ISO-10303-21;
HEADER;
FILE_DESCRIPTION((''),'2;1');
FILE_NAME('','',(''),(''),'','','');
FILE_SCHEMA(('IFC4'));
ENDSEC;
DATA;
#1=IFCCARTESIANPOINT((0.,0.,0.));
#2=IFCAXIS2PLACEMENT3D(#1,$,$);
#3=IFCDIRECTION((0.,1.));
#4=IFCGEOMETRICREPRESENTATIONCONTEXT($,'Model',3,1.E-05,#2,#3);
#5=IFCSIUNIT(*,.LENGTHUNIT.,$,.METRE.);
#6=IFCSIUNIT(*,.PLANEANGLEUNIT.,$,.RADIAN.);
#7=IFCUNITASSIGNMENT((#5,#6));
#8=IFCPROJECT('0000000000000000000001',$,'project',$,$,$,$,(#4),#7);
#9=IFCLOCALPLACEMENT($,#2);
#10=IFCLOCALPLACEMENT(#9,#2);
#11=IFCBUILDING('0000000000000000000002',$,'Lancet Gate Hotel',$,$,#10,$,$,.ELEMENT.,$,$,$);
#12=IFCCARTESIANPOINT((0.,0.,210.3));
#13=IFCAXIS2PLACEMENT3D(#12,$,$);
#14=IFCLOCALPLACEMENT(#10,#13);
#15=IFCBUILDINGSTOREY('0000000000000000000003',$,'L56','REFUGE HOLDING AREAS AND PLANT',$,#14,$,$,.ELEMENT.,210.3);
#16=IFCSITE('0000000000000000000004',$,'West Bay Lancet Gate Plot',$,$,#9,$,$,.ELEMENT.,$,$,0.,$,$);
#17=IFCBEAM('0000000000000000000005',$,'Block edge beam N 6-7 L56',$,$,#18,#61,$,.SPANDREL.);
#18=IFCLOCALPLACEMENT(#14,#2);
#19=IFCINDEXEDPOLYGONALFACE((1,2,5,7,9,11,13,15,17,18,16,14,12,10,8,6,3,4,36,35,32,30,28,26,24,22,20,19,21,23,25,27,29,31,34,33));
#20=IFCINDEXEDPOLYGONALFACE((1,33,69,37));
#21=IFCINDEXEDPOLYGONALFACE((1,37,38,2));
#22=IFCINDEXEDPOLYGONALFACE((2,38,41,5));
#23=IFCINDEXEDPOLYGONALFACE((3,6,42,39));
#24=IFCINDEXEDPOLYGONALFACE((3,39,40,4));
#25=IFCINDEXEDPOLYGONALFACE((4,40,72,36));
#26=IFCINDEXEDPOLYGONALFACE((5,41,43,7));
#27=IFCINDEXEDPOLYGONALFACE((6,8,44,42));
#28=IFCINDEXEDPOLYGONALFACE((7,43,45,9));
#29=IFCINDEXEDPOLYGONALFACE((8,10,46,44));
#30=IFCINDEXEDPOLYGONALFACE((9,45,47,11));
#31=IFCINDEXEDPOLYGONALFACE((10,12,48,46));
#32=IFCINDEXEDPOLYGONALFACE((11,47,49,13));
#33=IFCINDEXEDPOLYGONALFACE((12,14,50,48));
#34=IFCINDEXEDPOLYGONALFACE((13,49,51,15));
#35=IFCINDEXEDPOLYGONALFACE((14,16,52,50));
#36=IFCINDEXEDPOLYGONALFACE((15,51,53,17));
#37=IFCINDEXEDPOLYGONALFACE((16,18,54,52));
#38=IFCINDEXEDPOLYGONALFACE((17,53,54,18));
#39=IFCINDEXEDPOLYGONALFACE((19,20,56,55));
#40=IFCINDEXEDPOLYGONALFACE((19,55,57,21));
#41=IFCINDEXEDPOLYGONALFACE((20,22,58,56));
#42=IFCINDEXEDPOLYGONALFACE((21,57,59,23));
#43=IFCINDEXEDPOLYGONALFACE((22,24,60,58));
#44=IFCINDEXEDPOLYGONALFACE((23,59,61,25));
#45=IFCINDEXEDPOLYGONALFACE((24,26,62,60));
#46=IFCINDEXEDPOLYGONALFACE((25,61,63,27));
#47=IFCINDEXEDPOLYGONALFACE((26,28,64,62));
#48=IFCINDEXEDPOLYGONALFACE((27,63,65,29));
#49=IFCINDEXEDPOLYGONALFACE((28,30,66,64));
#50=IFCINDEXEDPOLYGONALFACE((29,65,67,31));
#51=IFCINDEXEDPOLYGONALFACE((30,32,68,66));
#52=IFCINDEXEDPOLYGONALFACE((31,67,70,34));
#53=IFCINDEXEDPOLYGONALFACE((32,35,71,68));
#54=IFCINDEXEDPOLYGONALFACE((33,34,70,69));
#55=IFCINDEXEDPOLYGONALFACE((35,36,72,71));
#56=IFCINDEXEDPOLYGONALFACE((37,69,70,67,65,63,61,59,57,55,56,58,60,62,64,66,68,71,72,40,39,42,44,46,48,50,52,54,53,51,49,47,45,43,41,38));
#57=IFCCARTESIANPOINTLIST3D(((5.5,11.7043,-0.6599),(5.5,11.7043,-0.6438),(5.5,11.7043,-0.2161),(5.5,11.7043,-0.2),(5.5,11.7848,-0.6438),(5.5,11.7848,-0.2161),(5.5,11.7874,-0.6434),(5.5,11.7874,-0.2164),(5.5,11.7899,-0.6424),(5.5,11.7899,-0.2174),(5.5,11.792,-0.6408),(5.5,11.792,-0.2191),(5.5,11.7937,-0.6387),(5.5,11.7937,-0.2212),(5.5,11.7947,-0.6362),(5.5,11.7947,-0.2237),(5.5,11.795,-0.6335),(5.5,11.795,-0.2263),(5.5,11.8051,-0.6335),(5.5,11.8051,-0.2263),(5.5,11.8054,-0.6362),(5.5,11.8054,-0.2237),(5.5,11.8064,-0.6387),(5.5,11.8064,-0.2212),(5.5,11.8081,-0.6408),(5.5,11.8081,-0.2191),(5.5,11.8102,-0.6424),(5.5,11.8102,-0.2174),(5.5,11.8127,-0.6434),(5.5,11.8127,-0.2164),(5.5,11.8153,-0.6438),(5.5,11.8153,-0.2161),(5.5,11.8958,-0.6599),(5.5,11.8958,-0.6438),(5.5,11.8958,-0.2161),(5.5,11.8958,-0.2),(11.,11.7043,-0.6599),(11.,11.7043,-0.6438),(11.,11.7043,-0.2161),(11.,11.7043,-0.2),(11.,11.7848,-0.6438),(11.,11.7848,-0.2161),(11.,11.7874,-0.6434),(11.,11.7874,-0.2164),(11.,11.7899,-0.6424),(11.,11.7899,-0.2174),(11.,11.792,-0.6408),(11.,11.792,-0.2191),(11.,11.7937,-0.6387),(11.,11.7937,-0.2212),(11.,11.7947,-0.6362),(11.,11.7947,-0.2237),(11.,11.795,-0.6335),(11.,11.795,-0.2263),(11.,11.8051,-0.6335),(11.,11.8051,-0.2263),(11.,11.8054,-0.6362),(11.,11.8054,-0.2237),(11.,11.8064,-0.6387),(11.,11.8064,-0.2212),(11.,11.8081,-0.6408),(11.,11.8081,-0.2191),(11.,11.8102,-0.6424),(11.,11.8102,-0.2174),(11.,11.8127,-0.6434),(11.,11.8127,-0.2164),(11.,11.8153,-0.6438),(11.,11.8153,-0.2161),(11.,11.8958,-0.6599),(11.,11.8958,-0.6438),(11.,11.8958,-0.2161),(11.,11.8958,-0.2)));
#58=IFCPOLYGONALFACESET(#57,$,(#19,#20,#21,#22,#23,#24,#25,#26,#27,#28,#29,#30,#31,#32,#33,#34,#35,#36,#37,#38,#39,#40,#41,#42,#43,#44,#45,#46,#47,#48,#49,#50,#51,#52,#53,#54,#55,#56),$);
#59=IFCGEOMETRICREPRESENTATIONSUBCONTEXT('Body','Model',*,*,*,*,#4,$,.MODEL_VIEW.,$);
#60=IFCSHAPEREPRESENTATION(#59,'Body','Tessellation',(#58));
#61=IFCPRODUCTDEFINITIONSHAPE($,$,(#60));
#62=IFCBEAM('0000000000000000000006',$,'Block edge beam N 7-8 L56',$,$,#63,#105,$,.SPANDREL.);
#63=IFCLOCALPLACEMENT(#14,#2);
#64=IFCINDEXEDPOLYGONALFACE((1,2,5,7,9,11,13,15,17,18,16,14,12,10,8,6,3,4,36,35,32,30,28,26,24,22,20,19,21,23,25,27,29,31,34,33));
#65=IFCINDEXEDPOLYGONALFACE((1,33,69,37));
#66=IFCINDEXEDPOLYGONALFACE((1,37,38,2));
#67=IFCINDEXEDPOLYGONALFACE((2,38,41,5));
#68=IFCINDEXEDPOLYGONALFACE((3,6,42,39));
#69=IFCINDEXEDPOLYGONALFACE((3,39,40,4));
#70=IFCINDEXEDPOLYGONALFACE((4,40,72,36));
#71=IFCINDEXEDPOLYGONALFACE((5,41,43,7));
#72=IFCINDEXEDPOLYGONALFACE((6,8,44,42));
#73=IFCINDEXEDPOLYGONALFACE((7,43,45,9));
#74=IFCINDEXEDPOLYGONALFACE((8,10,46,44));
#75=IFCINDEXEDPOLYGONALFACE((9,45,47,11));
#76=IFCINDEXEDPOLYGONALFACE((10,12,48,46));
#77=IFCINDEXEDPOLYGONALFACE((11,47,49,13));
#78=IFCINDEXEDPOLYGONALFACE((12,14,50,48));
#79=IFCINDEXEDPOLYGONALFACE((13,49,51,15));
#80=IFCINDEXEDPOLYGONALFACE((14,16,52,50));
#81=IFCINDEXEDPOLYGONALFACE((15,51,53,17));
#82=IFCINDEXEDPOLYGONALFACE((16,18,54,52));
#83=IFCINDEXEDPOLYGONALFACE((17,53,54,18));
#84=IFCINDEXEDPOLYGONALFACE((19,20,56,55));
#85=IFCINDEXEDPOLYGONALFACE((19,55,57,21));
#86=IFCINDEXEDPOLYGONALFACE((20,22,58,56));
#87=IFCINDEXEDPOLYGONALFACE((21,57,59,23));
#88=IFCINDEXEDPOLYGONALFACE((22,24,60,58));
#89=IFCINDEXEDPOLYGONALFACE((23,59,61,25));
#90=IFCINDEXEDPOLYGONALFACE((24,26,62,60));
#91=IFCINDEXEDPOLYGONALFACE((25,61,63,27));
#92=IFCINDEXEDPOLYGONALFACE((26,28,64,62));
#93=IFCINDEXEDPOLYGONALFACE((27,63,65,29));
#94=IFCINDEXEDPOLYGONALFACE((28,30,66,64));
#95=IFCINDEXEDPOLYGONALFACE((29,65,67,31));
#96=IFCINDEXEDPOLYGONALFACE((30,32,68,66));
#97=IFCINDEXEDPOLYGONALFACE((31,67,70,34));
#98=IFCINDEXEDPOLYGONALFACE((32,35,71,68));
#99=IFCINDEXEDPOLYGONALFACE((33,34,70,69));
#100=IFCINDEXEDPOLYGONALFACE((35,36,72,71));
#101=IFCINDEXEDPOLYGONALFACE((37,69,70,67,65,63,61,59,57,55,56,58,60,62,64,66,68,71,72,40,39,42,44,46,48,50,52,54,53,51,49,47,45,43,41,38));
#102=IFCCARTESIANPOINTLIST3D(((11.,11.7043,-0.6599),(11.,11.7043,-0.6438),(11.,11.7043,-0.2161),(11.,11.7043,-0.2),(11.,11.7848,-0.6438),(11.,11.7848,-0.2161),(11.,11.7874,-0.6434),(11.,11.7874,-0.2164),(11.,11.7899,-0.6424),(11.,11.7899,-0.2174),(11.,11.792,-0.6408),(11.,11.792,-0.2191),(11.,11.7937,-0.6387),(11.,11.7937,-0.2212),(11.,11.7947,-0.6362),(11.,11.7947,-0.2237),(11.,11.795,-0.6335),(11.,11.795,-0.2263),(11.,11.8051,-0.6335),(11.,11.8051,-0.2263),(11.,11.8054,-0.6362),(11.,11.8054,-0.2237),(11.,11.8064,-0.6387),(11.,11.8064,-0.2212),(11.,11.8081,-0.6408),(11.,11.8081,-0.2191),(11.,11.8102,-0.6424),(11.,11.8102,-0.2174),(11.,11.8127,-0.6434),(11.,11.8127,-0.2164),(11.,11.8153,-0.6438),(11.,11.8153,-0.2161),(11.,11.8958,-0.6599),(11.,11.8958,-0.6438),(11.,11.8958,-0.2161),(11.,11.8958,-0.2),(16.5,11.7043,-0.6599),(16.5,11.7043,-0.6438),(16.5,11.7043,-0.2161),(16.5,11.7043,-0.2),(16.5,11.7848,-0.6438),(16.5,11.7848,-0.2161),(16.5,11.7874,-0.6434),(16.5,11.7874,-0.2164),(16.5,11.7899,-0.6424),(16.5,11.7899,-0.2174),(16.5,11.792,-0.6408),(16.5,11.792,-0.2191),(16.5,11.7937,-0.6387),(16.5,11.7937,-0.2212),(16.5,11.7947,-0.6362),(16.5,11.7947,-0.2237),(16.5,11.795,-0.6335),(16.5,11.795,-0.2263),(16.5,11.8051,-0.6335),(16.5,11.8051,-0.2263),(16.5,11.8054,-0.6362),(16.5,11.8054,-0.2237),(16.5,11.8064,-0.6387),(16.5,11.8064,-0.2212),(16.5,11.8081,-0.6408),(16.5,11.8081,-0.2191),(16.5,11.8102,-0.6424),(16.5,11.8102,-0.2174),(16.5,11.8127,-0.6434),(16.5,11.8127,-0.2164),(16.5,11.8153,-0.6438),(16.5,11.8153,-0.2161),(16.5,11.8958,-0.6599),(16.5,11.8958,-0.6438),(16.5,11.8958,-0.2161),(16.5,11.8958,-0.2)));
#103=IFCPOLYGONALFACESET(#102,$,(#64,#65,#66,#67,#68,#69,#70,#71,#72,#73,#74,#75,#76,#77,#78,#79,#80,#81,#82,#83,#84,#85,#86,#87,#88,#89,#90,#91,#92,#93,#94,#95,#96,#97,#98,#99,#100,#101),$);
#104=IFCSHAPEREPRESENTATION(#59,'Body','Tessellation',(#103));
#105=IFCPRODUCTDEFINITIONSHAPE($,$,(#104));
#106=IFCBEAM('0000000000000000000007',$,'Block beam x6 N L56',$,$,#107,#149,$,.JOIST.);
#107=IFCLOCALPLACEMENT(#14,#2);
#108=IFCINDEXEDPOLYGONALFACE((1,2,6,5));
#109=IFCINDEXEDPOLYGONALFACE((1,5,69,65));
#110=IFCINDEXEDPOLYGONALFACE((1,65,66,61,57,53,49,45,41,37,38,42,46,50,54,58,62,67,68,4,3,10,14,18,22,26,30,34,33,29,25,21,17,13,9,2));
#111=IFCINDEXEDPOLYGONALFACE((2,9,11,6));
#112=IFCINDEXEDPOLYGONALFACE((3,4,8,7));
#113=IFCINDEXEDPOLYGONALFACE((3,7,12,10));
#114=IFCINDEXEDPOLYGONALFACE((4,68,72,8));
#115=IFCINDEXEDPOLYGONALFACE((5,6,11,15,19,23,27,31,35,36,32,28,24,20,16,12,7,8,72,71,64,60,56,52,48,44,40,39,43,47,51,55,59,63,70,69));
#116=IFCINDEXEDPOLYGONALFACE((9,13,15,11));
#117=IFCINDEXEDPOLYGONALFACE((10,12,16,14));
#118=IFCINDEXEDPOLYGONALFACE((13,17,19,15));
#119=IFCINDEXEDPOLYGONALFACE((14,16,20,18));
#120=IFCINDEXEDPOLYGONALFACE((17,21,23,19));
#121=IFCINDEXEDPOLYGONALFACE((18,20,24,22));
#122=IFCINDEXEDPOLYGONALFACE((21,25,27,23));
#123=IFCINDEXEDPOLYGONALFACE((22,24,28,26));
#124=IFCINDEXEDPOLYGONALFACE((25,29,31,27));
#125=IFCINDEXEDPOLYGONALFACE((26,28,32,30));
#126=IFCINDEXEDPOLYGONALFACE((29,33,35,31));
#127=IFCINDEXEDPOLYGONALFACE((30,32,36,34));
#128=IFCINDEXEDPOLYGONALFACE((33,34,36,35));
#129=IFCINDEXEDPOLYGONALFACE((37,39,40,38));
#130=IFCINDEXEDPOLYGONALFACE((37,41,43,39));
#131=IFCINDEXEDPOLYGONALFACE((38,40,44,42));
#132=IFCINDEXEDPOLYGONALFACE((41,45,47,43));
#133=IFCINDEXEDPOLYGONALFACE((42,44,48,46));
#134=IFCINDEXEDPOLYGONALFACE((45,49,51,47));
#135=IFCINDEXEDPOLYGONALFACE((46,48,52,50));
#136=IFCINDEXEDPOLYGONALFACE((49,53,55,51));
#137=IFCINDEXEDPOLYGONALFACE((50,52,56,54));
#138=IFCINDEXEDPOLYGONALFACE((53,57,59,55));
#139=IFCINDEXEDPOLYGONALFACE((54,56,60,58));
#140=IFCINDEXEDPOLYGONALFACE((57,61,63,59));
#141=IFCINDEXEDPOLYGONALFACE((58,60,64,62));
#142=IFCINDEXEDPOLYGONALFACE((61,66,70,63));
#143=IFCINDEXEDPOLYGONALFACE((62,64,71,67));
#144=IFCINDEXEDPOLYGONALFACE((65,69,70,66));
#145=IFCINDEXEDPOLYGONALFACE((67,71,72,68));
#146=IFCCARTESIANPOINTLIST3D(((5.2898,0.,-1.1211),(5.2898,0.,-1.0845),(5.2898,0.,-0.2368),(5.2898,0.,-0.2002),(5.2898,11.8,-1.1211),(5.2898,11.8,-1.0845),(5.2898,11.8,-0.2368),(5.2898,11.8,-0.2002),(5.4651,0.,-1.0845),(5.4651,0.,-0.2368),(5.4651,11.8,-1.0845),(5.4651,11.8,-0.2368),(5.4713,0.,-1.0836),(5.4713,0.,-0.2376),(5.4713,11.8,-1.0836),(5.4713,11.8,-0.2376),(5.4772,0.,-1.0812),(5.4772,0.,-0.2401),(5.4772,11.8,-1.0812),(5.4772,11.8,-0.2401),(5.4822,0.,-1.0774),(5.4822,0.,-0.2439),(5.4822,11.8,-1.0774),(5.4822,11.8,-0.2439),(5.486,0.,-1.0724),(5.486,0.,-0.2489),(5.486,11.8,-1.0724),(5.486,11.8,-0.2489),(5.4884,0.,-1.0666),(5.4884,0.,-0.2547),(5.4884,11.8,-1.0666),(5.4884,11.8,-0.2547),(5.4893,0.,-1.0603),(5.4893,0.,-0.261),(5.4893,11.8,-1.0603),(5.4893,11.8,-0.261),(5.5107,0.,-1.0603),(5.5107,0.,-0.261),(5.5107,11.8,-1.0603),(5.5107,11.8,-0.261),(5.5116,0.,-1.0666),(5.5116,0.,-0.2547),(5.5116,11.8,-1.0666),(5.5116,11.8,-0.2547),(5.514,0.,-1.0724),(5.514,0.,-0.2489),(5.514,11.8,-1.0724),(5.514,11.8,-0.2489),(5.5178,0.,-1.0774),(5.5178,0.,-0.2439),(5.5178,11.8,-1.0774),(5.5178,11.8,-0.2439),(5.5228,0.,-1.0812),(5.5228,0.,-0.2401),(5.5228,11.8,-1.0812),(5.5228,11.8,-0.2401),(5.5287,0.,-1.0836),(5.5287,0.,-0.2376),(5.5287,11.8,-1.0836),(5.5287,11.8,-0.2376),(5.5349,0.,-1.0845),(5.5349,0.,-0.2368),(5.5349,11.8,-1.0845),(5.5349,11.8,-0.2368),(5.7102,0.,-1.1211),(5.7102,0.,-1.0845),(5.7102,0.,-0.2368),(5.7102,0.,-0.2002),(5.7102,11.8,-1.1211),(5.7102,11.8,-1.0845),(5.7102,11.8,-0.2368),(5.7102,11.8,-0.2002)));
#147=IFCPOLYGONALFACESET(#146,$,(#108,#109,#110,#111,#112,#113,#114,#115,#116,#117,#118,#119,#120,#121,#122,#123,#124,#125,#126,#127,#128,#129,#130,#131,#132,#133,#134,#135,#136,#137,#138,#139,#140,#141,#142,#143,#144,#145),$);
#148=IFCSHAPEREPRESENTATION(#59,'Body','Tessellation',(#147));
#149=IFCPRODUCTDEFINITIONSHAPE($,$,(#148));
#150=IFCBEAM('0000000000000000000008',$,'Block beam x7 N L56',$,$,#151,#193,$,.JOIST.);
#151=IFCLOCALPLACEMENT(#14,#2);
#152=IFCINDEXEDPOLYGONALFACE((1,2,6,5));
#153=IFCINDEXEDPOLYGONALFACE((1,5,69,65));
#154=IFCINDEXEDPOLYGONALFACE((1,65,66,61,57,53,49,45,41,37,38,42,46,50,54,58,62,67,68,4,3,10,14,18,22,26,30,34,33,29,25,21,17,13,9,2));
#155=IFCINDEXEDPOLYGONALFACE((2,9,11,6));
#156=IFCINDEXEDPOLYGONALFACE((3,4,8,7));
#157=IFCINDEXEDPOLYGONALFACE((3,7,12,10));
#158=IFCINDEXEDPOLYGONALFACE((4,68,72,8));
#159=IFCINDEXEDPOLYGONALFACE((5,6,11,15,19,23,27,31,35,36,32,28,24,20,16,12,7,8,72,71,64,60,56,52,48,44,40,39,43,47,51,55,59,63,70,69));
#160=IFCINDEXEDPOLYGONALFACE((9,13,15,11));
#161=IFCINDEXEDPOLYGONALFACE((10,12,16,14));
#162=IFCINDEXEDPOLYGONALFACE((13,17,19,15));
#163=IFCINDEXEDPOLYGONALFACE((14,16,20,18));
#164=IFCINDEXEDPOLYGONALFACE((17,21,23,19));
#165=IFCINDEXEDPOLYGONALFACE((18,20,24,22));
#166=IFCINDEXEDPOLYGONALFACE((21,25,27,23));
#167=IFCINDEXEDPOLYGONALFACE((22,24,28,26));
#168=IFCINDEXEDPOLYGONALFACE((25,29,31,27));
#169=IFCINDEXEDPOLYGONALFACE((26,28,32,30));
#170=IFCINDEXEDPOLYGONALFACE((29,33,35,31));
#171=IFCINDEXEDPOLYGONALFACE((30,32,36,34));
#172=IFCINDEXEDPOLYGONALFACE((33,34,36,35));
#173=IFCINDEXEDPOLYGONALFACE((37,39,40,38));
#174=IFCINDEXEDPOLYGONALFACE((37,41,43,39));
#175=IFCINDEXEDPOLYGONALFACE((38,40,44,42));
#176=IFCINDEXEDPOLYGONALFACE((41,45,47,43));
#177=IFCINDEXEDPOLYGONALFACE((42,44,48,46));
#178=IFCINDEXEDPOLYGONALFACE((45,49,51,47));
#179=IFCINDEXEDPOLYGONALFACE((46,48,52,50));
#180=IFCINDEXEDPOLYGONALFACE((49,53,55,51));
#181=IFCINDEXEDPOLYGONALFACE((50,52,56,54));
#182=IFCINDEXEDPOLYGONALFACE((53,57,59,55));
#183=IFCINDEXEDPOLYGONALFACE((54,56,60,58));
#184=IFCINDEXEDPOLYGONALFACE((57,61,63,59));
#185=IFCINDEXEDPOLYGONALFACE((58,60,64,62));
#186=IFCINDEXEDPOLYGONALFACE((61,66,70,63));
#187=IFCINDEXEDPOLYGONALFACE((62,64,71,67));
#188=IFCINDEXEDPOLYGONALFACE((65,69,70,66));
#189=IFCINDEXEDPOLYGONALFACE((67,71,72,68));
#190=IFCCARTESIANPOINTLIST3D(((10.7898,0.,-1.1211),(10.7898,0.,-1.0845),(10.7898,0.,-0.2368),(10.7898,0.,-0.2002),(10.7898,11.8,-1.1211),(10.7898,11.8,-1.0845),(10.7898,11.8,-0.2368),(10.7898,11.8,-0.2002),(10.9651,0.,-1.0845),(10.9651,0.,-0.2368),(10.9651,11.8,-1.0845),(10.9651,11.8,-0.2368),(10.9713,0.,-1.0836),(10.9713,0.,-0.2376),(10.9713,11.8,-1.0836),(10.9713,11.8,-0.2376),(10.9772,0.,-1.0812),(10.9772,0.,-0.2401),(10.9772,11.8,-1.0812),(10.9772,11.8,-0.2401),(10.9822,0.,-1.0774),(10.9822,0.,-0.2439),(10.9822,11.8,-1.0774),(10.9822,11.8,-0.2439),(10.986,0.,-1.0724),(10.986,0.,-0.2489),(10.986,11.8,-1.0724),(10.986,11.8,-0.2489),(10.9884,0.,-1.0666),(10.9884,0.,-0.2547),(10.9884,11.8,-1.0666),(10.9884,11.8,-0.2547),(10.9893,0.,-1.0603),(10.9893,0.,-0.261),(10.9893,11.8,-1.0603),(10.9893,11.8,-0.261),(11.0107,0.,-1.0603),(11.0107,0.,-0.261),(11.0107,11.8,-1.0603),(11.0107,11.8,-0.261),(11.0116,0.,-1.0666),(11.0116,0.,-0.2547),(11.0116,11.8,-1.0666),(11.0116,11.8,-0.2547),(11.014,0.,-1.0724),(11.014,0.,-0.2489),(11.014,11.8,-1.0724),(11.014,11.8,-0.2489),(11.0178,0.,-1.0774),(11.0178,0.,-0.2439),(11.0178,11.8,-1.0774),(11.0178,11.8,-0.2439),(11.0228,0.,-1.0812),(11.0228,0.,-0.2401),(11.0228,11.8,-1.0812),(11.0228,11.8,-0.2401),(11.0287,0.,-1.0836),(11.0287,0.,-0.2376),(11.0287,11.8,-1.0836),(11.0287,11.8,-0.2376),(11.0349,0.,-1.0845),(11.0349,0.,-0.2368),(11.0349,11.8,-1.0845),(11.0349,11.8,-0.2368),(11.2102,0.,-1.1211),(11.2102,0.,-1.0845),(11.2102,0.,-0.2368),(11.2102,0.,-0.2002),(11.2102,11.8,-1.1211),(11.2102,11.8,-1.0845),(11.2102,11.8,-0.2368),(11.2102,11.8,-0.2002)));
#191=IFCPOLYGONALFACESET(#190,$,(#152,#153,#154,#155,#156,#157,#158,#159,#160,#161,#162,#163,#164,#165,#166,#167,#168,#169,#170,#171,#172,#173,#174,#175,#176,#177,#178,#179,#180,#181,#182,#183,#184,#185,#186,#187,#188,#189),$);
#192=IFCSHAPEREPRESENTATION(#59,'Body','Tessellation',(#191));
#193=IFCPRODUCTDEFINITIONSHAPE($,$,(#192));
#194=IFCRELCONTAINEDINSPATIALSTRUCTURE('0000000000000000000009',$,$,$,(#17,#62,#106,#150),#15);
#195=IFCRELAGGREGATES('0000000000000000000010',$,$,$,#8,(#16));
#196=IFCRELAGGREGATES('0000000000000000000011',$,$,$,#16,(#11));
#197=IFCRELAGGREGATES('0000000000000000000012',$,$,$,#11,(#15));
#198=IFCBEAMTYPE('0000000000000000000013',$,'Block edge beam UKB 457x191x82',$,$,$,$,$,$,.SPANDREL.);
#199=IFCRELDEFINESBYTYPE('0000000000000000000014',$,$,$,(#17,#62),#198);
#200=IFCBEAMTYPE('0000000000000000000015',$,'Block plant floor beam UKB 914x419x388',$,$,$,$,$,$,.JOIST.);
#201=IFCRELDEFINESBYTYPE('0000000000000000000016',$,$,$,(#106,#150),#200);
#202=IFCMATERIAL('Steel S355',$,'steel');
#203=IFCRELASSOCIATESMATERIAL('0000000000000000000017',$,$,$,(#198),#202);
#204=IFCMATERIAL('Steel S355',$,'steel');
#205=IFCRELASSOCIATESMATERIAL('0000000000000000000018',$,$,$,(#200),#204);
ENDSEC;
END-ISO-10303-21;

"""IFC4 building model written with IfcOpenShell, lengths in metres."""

from ifc_helpers import new_model, si_unit, direction, frame, origin, origin_2d, place, context, subcontext, project, spatial, i_section, extrude, material, material_profile, profile_set, type_object, element, save


model = new_model("IFC4")

# Units and contexts
model_context = context("Model", 3, precision=1e-05, world=origin(), true_north=direction((0.0, 1.0)))
body_context = subcontext(model_context, "Body", "Model", "MODEL_VIEW")
ifc_project = project(units=[si_unit("LENGTHUNIT", "METRE"), si_unit("PLANEANGLEUNIT", "RADIAN")], contexts=[model_context])

# Site, building, storey
site_placement = place(None, origin())
site = spatial("IfcSite", under=ifc_project, at=site_placement, Name="West Bay Lancet Gate Plot", CompositionType="ELEMENT", RefElevation=0.0)
building_placement = place(site_placement, origin())
building = spatial("IfcBuilding", under=site, at=building_placement, Name="Lancet Gate Hotel", CompositionType="ELEMENT")
storey_placement = place(building_placement, frame((0.0, 0.0, 210.3)))
storey = spatial("IfcBuildingStorey", under=building, at=storey_placement, Name="L56", Description="REFUGE HOLDING AREAS AND PLANT", CompositionType="ELEMENT", Elevation=210.3)

# Beams
ifc_material_1 = material(Name="Steel S355", Category="steel")
ifc_material_profile_1 = material_profile(ifc_material_1, i_section(OverallWidth=0.1914, OverallDepth=0.46, WebThickness=0.01, FlangeThickness=0.0161, FilletRadius=0.0103, at=origin_2d()), Name="UKB 457x191x82")
ifc_profile_set_1 = profile_set([ifc_material_profile_1], Name="Steel S355")
beam_type_1 = type_object("IfcBeamType", Name="Block edge beam UKB 457x191x82", PredefinedType="SPANDREL", material=ifc_profile_set_1)
for number, where, z_axis, x_axis, name in (
    (1, (5.5, 11.8, -0.4299), (1.0, 0.0, 0.0), (0.0, 1.0, 0.0), "Block edge beam N 6-7 L56"),
    (2, (11.0, 11.8, -0.4299), (1.0, 0.0, 0.0), (0.0, 1.0, 0.0), "Block edge beam N 7-8 L56"),
):
    element("IfcBeam", number, at=place(storey_placement, frame(where, z_axis=z_axis, x_axis=x_axis)), inside=storey, type_object=beam_type_1, Name=name, PredefinedType="SPANDREL", context=body_context, shape_type="SweptSolid", body=[
        extrude(i_section(OverallWidth=0.1914, OverallDepth=0.46, WebThickness=0.01, FlangeThickness=0.0161, FilletRadius=0.0103, at=origin_2d()), origin(), (0.0, 0.0, 1.0), 5.5),
    ])
ifc_material_2 = material(Name="Steel S355", Category="steel")
ifc_material_profile_2 = material_profile(ifc_material_2, i_section(OverallWidth=0.4204, OverallDepth=0.9209, WebThickness=0.0215, FlangeThickness=0.0366, FilletRadius=0.0242, at=origin_2d()), Name="UKB 914x419x388")
ifc_profile_set_2 = profile_set([ifc_material_profile_2], Name="Steel S355")
beam_type_2 = type_object("IfcBeamType", Name="Block plant floor beam UKB 914x419x388", PredefinedType="JOIST", material=ifc_profile_set_2)
for number, where, z_axis, x_axis, name in (
    (3, (5.5, 0.0, -0.6606), (0.0, 1.0, 0.0), (-1.0, 0.0, 0.0), "Block beam x6 N L56"),
    (4, (11.0, 0.0, -0.6606), (0.0, 1.0, 0.0), (-1.0, 0.0, 0.0), "Block beam x7 N L56"),
):
    element("IfcBeam", number, at=place(storey_placement, frame(where, z_axis=z_axis, x_axis=x_axis)), inside=storey, type_object=beam_type_2, Name=name, PredefinedType="JOIST", context=body_context, shape_type="SweptSolid", body=[
        extrude(i_section(OverallWidth=0.4204, OverallDepth=0.9209, WebThickness=0.0215, FlangeThickness=0.0366, FilletRadius=0.0242, at=origin_2d()), origin(), (0.0, 0.0, 1.0), 11.8),
    ])

save(model, "model.ifc")
